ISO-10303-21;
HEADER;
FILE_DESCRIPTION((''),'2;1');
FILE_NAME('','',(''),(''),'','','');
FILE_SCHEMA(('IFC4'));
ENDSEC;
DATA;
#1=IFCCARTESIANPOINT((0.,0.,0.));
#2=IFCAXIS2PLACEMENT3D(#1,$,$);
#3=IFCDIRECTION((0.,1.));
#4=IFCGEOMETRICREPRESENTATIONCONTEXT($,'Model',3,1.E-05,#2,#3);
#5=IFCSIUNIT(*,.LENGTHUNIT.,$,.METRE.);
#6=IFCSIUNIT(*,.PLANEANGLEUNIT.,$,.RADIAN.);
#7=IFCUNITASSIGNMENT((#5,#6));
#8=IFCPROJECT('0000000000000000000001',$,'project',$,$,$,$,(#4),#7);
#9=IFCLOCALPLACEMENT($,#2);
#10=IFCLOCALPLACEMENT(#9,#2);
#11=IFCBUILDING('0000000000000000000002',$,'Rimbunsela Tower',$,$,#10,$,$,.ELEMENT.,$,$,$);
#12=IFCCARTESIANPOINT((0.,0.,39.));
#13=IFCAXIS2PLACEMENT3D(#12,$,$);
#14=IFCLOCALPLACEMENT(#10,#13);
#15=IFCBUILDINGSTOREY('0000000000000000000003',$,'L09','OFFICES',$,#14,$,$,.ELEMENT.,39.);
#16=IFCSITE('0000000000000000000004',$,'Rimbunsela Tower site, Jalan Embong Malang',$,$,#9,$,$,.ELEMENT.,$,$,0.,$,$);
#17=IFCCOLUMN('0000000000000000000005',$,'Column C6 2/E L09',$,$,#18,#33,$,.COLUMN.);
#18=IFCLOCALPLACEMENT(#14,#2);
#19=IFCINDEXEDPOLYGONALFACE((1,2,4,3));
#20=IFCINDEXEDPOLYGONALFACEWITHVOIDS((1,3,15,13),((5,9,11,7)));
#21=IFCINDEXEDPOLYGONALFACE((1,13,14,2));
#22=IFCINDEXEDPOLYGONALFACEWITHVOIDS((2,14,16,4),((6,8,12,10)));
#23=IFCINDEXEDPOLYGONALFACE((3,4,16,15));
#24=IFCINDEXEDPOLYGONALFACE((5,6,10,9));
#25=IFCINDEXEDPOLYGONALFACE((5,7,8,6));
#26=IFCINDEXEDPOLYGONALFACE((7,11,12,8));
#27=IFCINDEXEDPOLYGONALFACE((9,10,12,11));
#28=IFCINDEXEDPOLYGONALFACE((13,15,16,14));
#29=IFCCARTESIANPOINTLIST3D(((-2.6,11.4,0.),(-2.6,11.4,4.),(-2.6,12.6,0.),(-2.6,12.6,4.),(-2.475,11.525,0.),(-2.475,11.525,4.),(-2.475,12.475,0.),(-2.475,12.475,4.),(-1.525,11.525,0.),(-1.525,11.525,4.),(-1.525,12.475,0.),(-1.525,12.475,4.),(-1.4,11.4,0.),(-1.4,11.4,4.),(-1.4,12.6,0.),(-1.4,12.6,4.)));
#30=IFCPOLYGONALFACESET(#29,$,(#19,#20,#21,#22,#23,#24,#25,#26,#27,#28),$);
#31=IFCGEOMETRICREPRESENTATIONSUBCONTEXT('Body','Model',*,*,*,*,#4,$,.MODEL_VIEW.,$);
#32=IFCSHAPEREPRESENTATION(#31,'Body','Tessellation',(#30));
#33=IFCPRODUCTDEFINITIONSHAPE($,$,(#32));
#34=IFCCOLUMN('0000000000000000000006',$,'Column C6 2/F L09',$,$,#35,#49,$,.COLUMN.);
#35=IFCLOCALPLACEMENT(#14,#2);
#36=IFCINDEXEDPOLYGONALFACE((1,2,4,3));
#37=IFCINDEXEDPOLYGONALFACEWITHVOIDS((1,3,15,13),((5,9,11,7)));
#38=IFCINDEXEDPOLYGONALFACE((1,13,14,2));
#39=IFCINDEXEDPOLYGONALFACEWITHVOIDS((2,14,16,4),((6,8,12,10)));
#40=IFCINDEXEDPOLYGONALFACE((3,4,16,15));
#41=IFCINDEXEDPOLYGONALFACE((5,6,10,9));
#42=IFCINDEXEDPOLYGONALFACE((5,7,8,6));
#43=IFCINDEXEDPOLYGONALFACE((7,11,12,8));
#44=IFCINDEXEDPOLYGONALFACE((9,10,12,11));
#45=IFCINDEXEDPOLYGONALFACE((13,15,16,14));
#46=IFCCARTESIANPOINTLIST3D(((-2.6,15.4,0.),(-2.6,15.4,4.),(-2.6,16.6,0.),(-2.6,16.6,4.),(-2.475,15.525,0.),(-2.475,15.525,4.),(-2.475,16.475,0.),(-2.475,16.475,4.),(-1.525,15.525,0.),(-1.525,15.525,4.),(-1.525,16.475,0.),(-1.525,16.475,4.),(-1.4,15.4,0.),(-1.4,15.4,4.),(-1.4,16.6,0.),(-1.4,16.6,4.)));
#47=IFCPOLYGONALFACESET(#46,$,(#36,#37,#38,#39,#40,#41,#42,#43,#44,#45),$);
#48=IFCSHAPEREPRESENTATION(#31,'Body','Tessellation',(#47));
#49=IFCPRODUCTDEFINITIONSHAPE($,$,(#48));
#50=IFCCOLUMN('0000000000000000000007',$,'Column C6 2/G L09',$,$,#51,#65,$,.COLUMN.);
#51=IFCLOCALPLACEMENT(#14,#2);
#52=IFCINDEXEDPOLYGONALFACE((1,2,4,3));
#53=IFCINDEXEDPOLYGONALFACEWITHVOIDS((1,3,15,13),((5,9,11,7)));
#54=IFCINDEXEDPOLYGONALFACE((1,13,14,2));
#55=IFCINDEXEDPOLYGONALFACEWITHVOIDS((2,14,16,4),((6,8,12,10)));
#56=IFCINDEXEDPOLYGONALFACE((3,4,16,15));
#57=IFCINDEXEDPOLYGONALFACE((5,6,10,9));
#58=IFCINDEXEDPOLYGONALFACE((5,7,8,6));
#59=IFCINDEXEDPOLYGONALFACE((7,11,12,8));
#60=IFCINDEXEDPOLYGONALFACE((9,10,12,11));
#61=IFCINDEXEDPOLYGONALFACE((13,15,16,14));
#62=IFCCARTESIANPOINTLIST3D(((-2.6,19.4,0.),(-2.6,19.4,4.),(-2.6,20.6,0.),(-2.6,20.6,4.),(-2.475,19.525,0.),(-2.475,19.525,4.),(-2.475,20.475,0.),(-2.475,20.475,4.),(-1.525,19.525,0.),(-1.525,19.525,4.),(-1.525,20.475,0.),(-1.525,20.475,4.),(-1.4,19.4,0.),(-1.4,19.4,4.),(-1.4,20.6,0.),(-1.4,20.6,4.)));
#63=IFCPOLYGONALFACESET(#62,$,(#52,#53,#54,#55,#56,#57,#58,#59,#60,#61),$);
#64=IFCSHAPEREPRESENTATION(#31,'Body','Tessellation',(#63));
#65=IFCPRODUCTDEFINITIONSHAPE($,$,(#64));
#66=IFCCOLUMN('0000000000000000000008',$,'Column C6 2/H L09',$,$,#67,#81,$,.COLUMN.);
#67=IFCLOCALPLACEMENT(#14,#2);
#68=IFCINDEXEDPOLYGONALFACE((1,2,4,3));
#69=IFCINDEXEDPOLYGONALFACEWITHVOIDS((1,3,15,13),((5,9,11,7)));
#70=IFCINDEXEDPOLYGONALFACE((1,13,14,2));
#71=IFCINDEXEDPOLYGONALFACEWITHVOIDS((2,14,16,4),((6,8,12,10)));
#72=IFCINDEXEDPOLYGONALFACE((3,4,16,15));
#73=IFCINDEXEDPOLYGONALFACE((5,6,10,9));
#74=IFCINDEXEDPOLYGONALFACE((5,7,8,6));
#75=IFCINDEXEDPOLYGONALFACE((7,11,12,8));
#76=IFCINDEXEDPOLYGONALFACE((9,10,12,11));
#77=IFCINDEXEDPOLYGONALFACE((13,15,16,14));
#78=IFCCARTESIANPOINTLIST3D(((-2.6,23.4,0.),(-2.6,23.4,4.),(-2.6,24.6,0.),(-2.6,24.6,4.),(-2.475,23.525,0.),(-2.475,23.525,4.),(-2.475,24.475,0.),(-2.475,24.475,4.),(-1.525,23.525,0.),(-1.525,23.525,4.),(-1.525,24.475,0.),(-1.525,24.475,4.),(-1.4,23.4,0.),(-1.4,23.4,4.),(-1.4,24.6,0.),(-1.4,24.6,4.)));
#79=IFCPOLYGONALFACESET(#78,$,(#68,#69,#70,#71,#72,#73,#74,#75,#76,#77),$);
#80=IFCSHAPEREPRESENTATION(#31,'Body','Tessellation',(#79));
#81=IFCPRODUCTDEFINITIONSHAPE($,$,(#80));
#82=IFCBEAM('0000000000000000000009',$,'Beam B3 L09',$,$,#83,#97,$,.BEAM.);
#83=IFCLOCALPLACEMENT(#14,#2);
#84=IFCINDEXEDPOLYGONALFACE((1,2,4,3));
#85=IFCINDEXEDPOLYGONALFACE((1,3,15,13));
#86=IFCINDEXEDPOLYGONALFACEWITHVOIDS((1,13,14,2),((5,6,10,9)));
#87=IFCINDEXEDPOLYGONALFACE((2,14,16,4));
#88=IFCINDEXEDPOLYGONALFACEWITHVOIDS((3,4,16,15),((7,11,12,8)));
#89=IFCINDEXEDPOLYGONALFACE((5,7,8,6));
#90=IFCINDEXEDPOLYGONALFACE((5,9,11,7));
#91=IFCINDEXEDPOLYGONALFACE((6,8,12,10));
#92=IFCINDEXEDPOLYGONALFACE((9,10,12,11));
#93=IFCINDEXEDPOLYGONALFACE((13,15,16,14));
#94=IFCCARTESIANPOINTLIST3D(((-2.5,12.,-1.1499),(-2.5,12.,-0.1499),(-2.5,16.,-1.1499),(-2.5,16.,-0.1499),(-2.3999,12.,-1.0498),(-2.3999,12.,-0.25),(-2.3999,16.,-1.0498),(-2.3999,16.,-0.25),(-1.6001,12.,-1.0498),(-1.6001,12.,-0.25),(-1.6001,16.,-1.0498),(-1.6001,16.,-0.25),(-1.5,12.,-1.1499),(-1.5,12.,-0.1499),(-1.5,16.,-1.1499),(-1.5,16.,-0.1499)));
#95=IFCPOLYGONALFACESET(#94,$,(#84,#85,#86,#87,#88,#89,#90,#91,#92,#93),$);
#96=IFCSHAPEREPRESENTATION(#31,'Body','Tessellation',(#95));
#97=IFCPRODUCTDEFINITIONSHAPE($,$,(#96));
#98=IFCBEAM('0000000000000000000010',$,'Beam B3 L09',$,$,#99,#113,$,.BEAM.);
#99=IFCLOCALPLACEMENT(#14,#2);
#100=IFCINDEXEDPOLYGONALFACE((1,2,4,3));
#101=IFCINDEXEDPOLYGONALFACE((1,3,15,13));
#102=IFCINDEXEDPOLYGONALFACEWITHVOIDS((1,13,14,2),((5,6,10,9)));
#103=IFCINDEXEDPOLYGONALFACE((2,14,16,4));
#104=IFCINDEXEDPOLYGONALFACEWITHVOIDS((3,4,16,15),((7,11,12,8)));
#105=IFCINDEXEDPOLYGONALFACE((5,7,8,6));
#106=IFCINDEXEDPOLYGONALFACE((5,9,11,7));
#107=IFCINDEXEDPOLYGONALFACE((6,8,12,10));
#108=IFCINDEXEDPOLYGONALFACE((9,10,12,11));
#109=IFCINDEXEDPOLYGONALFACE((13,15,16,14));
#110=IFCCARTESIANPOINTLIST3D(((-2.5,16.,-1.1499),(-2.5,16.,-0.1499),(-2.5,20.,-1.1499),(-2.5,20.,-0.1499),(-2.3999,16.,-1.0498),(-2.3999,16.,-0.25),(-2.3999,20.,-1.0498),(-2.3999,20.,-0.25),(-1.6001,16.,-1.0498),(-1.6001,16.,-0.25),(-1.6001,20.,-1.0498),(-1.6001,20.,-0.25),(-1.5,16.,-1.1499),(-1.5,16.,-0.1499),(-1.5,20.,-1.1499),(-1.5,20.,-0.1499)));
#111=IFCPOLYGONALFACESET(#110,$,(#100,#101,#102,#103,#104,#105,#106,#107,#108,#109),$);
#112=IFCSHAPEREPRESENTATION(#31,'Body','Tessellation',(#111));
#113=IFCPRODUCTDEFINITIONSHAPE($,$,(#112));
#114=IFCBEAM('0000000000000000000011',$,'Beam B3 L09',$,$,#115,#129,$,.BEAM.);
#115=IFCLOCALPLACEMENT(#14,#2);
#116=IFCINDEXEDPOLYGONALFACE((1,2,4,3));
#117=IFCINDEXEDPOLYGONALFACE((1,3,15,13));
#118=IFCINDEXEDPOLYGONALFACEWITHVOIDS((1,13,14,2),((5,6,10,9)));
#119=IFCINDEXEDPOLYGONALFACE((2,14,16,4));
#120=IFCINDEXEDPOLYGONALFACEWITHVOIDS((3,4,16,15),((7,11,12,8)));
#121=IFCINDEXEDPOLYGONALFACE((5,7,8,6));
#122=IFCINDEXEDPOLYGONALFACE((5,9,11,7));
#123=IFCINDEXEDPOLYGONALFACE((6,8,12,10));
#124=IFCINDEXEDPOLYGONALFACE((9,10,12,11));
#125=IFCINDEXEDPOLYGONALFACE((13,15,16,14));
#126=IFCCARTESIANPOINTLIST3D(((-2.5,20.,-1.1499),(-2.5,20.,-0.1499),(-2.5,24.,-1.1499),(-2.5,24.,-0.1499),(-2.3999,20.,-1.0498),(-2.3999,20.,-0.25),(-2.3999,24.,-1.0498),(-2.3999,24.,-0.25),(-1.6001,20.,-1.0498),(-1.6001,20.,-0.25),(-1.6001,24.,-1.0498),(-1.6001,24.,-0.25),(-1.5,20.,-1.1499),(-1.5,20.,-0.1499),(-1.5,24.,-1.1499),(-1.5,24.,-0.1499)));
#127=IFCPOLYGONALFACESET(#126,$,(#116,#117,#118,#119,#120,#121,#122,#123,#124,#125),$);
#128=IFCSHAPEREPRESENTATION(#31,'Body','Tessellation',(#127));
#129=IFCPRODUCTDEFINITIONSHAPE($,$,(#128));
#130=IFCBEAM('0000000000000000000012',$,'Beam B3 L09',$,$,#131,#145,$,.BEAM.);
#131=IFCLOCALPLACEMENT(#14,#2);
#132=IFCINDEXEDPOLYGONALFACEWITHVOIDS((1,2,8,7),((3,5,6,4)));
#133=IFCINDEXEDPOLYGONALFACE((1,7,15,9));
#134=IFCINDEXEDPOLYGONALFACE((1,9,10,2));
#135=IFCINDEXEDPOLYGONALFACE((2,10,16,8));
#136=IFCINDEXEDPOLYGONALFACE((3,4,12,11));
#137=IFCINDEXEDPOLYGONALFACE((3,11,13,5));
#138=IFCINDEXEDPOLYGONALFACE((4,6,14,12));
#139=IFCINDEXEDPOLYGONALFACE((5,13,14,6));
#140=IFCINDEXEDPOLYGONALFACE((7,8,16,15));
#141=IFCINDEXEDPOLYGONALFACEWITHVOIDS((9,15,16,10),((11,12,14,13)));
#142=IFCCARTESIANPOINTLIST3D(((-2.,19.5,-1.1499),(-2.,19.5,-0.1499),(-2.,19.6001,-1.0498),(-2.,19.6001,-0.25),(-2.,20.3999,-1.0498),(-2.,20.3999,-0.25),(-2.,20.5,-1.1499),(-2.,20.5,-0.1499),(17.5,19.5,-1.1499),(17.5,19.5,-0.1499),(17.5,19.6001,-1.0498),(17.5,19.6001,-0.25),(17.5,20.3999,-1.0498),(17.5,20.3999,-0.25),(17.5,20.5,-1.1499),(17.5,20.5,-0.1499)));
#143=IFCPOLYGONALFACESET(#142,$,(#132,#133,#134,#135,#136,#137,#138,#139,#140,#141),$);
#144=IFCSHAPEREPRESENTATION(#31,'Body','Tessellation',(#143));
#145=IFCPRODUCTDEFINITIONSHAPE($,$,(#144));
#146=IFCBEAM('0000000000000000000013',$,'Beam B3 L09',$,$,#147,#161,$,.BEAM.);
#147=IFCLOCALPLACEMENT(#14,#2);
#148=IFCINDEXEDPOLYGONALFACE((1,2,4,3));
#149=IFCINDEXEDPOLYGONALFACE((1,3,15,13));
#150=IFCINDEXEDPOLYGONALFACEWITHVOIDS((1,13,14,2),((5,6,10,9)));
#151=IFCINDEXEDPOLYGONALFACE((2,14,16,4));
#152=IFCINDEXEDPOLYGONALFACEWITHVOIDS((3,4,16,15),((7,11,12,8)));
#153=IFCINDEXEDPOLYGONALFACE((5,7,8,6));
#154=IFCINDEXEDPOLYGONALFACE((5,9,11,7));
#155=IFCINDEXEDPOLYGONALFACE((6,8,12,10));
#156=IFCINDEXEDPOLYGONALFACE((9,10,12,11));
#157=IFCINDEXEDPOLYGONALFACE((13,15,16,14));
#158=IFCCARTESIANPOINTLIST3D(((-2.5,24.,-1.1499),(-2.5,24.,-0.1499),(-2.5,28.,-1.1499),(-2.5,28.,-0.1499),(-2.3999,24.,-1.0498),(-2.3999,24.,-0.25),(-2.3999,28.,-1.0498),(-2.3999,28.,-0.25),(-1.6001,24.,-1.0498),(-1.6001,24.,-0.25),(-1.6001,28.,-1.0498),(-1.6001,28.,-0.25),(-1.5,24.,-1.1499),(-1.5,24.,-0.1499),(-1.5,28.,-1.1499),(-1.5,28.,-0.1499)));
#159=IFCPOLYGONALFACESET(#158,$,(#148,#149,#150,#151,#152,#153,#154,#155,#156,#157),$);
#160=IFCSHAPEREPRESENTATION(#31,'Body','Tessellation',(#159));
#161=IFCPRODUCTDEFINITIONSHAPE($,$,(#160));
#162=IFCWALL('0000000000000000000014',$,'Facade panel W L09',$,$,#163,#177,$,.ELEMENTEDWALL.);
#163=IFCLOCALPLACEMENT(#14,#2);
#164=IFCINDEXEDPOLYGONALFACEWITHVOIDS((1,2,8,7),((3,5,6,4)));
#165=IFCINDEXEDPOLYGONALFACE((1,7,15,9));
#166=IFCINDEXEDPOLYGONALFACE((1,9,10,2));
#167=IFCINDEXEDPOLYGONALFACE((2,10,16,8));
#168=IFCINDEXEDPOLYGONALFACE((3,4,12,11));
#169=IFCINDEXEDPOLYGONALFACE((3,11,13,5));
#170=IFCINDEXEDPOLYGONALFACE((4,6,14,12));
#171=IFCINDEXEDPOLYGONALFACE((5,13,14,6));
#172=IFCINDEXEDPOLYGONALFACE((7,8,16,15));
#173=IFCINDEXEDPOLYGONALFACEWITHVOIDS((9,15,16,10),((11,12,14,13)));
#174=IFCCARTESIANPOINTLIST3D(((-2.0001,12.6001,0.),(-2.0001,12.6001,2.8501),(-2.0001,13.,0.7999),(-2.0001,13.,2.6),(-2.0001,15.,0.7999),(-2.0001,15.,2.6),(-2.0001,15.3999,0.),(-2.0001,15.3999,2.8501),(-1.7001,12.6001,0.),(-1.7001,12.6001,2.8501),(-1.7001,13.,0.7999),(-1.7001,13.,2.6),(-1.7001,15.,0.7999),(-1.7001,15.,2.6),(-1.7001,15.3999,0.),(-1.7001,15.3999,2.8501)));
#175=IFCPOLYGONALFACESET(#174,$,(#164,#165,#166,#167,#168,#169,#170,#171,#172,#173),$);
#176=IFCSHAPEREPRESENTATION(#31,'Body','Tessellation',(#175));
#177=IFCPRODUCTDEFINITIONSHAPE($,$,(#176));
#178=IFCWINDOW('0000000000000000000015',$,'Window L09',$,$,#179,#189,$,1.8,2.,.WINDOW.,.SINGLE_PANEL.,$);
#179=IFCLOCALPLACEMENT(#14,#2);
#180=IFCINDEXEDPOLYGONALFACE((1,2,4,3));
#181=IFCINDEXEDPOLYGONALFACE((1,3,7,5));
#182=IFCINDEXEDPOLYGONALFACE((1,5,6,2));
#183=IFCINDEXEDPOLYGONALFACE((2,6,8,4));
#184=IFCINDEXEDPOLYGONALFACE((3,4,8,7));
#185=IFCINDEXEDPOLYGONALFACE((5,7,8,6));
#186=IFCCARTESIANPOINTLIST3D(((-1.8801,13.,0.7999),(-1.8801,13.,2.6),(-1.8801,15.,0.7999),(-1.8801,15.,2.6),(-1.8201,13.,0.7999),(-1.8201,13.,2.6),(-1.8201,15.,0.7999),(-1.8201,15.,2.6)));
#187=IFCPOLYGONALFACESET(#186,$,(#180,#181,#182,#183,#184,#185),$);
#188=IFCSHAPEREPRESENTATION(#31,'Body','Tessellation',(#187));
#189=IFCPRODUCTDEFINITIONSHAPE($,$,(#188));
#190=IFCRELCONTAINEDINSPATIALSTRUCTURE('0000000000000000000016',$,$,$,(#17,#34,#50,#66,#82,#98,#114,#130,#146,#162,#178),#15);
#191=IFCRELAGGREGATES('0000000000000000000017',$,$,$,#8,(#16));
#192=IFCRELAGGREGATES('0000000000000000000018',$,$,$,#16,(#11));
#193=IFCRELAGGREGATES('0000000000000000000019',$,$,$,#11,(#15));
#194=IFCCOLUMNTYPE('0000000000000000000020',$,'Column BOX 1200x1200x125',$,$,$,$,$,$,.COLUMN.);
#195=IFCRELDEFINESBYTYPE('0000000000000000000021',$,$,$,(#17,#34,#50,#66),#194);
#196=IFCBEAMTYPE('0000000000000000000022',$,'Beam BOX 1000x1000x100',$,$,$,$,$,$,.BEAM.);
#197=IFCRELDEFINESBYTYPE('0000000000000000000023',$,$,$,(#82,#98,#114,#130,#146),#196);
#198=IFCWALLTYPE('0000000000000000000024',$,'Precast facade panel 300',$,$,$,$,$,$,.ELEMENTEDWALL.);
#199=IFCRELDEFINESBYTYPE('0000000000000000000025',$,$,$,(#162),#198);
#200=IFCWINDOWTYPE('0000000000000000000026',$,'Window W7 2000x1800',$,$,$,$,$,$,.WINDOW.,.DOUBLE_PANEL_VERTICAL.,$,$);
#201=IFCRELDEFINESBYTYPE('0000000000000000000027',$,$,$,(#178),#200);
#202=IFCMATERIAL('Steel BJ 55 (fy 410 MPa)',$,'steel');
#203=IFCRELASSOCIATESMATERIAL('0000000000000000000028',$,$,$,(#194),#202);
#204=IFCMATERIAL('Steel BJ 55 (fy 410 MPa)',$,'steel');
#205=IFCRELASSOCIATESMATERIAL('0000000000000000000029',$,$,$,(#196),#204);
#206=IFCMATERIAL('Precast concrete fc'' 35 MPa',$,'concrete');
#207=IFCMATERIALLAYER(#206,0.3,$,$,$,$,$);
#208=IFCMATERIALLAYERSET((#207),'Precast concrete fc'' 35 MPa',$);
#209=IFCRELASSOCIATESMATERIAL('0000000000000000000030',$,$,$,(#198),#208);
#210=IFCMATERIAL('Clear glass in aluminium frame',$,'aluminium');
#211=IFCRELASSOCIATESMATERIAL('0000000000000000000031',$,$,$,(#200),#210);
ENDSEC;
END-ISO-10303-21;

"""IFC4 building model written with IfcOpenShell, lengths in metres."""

from ifc_helpers import new_model, si_unit, direction, frame, frame_2d, origin, origin_2d, place, context, subcontext, project, spatial, rectangle, hollow_rectangle, extrude, material, layer, layer_set, material_profile, profile_set, type_object, element, fill, save


model = new_model("IFC4")

# Units and contexts
model_context = context("Model", 3, precision=1e-05, world=origin(), true_north=direction((0.0, 1.0)))
body_context = subcontext(model_context, "Body", "Model", "MODEL_VIEW")
ifc_project = project(units=[si_unit("LENGTHUNIT", "METRE"), si_unit("PLANEANGLEUNIT", "RADIAN")], contexts=[model_context])

# Site, building, storey
site_placement = place(None, origin())
site = spatial("IfcSite", under=ifc_project, at=site_placement, Name="Rimbunsela Tower site, Jalan Embong Malang", CompositionType="ELEMENT", RefElevation=0.0)
building_placement = place(site_placement, origin())
building = spatial("IfcBuilding", under=site, at=building_placement, Name="Rimbunsela Tower", CompositionType="ELEMENT")
storey_placement = place(building_placement, frame((0.0, 0.0, 39.0)))
storey = spatial("IfcBuildingStorey", under=building, at=storey_placement, Name="L09", Description="OFFICES", CompositionType="ELEMENT", Elevation=39.0)

# Columns
ifc_material_1 = material(Name="Steel BJ 55 (fy 410 MPa)", Category="steel")
ifc_material_profile_1 = material_profile(ifc_material_1, hollow_rectangle(XDim=1.2, YDim=1.2, WallThickness=0.125, at=origin_2d()), Name="BOX 1200x1200x125")
ifc_profile_set_1 = profile_set([ifc_material_profile_1], Name="Steel BJ 55 (fy 410 MPa)")
column_type = type_object("IfcColumnType", Name="Column BOX 1200x1200x125", PredefinedType="COLUMN", material=ifc_profile_set_1)
for number, where, z_axis, x_axis, name in (
    (1, (-2.0, 12.0, 0.0), (0.0, 0.0, 1.0), (1.0, 0.0, 0.0), "Column C6 2/E L09"),
    (2, (-2.0, 16.0, 0.0), (0.0, 0.0, 1.0), (1.0, 0.0, 0.0), "Column C6 2/F L09"),
    (3, (-2.0, 20.0, 0.0), (0.0, 0.0, 1.0), (1.0, 0.0, 0.0), "Column C6 2/G L09"),
    (4, (-2.0, 24.0, 0.0), (0.0, 0.0, 1.0), (1.0, 0.0, 0.0), "Column C6 2/H L09"),
):
    element("IfcColumn", number, at=place(storey_placement, frame(where, z_axis=z_axis, x_axis=x_axis)), inside=storey, type_object=column_type, Name=name, PredefinedType="COLUMN", context=body_context, shape_type="SweptSolid", body=[
        extrude(hollow_rectangle(XDim=1.2, YDim=1.2, WallThickness=0.125, at=origin_2d()), origin(), (0.0, 0.0, 1.0), 4.0),
    ])

# Beams
ifc_material_2 = material(Name="Steel BJ 55 (fy 410 MPa)", Category="steel")
ifc_material_profile_2 = material_profile(ifc_material_2, hollow_rectangle(XDim=1.0, YDim=1.0, WallThickness=0.1001, at=origin_2d()), Name="BOX 1000x1000x100")
ifc_profile_set_2 = profile_set([ifc_material_profile_2], Name="Steel BJ 55 (fy 410 MPa)")
beam_type = type_object("IfcBeamType", Name="Beam BOX 1000x1000x100", PredefinedType="BEAM", material=ifc_profile_set_2)
for number, where, z_axis, x_axis, name in (
    (5, (-2.0, 12.0, -0.6499), (0.0, 1.0, 0.0), (-1.0, 0.0, 0.0), "Beam B3 L09"),
    (6, (-2.0, 16.0, -0.6499), (0.0, 1.0, 0.0), (-1.0, 0.0, 0.0), "Beam B3 L09"),
    (7, (-2.0, 20.0, -0.6499), (0.0, 1.0, 0.0), (-1.0, 0.0, 0.0), "Beam B3 L09"),
):
    element("IfcBeam", number, at=place(storey_placement, frame(where, z_axis=z_axis, x_axis=x_axis)), inside=storey, type_object=beam_type, Name=name, PredefinedType="BEAM", context=body_context, shape_type="SweptSolid", body=[
        extrude(hollow_rectangle(XDim=1.0, YDim=1.0, WallThickness=0.1001, at=origin_2d()), origin(), (0.0, 0.0, 1.0), 4.0),
    ])
beam_1_placement = place(storey_placement, frame((-2.0, 20.0, -0.6499), z_axis=(1.0, 0.0, 0.0), x_axis=(0.0, 1.0, 0.0)))
element("IfcBeam", 8, at=beam_1_placement, inside=storey, type_object=beam_type, Name="Beam B3 L09", PredefinedType="BEAM", context=body_context, shape_type="SweptSolid", body=[
    extrude(hollow_rectangle(XDim=1.0, YDim=1.0, WallThickness=0.1001, at=origin_2d()), origin(), (0.0, 0.0, 1.0), 19.5),
])
beam_2_placement = place(storey_placement, frame((-2.0, 24.0, -0.6499), z_axis=(0.0, 1.0, 0.0), x_axis=(-1.0, 0.0, 0.0)))
element("IfcBeam", 9, at=beam_2_placement, inside=storey, type_object=beam_type, Name="Beam B3 L09", PredefinedType="BEAM", context=body_context, shape_type="SweptSolid", body=[
    extrude(hollow_rectangle(XDim=1.0, YDim=1.0, WallThickness=0.1001, at=origin_2d()), origin(), (0.0, 0.0, 1.0), 4.0),
])

# Wall, opening, window
ifc_material_3 = material(Name="Precast concrete fc' 35 MPa", Category="concrete")
ifc_layer_1 = layer(ifc_material_3, 0.3)
ifc_layer_set_1 = layer_set([ifc_layer_1], Name="Precast concrete fc' 35 MPa")
wall_type = type_object("IfcWallType", Name="Precast facade panel 300", PredefinedType="ELEMENTEDWALL", material=ifc_layer_set_1)
wall_1_placement = place(storey_placement, frame((-1.8501, 15.3999, 0.0), z_axis=(0.0, 0.0, 1.0), x_axis=(0.0, -1.0, 0.0)))
wall_1 = element("IfcWall", 10, at=wall_1_placement, inside=storey, type_object=wall_type, Name="Facade panel W L09", PredefinedType="ELEMENTEDWALL", context=body_context, shape_type="SweptSolid", body=[
    extrude(rectangle(XDim=2.7998, YDim=0.3, at=frame_2d((1.3999, 0.0))), origin(), (0.0, 0.0, 1.0), 2.8501),
])
opening_1_placement = place(wall_1_placement, frame((0.3999, 0.0, 0.8)))
opening_1 = element("IfcOpeningElement", 11, at=opening_1_placement, cuts=wall_1, PredefinedType="OPENING", context=body_context, shape_type="SweptSolid", body=[
    extrude(rectangle(XDim=2.0, YDim=1.8, at=frame_2d((1.0, 0.8999))), frame((0.0, 0.1599, 0.0), z_axis=(0.0, -1.0, 0.0), x_axis=(1.0, 0.0, 0.0)), (0.0, 0.0, 1.0), 0.3201),
])
ifc_material_4 = material(Name="Clear glass in aluminium frame", Category="aluminium")
window_type = type_object("IfcWindowType", Name="Window W7 2000x1800", PartitioningType="DOUBLE_PANEL_VERTICAL", PredefinedType="WINDOW", material=ifc_material_4)
window_1_placement = place(opening_1_placement, origin())
window_1 = element("IfcWindow", 12, at=window_1_placement, inside=storey, type_object=window_type, Name="Window L09", OverallHeight=1.8, OverallWidth=2.0, PartitioningType="SINGLE_PANEL", PredefinedType="WINDOW", context=body_context, shape_type="SweptSolid", body=[
    extrude(rectangle(XDim=2.0, YDim=1.8, at=frame_2d((1.0, 0.8999))), frame((0.0, 0.03, 0.0), z_axis=(0.0, -1.0, 0.0), x_axis=(1.0, 0.0, 0.0)), (0.0, 0.0, 1.0), 0.0601),
])
fill(opening_1, window_1)

save(model, "model.ifc")
